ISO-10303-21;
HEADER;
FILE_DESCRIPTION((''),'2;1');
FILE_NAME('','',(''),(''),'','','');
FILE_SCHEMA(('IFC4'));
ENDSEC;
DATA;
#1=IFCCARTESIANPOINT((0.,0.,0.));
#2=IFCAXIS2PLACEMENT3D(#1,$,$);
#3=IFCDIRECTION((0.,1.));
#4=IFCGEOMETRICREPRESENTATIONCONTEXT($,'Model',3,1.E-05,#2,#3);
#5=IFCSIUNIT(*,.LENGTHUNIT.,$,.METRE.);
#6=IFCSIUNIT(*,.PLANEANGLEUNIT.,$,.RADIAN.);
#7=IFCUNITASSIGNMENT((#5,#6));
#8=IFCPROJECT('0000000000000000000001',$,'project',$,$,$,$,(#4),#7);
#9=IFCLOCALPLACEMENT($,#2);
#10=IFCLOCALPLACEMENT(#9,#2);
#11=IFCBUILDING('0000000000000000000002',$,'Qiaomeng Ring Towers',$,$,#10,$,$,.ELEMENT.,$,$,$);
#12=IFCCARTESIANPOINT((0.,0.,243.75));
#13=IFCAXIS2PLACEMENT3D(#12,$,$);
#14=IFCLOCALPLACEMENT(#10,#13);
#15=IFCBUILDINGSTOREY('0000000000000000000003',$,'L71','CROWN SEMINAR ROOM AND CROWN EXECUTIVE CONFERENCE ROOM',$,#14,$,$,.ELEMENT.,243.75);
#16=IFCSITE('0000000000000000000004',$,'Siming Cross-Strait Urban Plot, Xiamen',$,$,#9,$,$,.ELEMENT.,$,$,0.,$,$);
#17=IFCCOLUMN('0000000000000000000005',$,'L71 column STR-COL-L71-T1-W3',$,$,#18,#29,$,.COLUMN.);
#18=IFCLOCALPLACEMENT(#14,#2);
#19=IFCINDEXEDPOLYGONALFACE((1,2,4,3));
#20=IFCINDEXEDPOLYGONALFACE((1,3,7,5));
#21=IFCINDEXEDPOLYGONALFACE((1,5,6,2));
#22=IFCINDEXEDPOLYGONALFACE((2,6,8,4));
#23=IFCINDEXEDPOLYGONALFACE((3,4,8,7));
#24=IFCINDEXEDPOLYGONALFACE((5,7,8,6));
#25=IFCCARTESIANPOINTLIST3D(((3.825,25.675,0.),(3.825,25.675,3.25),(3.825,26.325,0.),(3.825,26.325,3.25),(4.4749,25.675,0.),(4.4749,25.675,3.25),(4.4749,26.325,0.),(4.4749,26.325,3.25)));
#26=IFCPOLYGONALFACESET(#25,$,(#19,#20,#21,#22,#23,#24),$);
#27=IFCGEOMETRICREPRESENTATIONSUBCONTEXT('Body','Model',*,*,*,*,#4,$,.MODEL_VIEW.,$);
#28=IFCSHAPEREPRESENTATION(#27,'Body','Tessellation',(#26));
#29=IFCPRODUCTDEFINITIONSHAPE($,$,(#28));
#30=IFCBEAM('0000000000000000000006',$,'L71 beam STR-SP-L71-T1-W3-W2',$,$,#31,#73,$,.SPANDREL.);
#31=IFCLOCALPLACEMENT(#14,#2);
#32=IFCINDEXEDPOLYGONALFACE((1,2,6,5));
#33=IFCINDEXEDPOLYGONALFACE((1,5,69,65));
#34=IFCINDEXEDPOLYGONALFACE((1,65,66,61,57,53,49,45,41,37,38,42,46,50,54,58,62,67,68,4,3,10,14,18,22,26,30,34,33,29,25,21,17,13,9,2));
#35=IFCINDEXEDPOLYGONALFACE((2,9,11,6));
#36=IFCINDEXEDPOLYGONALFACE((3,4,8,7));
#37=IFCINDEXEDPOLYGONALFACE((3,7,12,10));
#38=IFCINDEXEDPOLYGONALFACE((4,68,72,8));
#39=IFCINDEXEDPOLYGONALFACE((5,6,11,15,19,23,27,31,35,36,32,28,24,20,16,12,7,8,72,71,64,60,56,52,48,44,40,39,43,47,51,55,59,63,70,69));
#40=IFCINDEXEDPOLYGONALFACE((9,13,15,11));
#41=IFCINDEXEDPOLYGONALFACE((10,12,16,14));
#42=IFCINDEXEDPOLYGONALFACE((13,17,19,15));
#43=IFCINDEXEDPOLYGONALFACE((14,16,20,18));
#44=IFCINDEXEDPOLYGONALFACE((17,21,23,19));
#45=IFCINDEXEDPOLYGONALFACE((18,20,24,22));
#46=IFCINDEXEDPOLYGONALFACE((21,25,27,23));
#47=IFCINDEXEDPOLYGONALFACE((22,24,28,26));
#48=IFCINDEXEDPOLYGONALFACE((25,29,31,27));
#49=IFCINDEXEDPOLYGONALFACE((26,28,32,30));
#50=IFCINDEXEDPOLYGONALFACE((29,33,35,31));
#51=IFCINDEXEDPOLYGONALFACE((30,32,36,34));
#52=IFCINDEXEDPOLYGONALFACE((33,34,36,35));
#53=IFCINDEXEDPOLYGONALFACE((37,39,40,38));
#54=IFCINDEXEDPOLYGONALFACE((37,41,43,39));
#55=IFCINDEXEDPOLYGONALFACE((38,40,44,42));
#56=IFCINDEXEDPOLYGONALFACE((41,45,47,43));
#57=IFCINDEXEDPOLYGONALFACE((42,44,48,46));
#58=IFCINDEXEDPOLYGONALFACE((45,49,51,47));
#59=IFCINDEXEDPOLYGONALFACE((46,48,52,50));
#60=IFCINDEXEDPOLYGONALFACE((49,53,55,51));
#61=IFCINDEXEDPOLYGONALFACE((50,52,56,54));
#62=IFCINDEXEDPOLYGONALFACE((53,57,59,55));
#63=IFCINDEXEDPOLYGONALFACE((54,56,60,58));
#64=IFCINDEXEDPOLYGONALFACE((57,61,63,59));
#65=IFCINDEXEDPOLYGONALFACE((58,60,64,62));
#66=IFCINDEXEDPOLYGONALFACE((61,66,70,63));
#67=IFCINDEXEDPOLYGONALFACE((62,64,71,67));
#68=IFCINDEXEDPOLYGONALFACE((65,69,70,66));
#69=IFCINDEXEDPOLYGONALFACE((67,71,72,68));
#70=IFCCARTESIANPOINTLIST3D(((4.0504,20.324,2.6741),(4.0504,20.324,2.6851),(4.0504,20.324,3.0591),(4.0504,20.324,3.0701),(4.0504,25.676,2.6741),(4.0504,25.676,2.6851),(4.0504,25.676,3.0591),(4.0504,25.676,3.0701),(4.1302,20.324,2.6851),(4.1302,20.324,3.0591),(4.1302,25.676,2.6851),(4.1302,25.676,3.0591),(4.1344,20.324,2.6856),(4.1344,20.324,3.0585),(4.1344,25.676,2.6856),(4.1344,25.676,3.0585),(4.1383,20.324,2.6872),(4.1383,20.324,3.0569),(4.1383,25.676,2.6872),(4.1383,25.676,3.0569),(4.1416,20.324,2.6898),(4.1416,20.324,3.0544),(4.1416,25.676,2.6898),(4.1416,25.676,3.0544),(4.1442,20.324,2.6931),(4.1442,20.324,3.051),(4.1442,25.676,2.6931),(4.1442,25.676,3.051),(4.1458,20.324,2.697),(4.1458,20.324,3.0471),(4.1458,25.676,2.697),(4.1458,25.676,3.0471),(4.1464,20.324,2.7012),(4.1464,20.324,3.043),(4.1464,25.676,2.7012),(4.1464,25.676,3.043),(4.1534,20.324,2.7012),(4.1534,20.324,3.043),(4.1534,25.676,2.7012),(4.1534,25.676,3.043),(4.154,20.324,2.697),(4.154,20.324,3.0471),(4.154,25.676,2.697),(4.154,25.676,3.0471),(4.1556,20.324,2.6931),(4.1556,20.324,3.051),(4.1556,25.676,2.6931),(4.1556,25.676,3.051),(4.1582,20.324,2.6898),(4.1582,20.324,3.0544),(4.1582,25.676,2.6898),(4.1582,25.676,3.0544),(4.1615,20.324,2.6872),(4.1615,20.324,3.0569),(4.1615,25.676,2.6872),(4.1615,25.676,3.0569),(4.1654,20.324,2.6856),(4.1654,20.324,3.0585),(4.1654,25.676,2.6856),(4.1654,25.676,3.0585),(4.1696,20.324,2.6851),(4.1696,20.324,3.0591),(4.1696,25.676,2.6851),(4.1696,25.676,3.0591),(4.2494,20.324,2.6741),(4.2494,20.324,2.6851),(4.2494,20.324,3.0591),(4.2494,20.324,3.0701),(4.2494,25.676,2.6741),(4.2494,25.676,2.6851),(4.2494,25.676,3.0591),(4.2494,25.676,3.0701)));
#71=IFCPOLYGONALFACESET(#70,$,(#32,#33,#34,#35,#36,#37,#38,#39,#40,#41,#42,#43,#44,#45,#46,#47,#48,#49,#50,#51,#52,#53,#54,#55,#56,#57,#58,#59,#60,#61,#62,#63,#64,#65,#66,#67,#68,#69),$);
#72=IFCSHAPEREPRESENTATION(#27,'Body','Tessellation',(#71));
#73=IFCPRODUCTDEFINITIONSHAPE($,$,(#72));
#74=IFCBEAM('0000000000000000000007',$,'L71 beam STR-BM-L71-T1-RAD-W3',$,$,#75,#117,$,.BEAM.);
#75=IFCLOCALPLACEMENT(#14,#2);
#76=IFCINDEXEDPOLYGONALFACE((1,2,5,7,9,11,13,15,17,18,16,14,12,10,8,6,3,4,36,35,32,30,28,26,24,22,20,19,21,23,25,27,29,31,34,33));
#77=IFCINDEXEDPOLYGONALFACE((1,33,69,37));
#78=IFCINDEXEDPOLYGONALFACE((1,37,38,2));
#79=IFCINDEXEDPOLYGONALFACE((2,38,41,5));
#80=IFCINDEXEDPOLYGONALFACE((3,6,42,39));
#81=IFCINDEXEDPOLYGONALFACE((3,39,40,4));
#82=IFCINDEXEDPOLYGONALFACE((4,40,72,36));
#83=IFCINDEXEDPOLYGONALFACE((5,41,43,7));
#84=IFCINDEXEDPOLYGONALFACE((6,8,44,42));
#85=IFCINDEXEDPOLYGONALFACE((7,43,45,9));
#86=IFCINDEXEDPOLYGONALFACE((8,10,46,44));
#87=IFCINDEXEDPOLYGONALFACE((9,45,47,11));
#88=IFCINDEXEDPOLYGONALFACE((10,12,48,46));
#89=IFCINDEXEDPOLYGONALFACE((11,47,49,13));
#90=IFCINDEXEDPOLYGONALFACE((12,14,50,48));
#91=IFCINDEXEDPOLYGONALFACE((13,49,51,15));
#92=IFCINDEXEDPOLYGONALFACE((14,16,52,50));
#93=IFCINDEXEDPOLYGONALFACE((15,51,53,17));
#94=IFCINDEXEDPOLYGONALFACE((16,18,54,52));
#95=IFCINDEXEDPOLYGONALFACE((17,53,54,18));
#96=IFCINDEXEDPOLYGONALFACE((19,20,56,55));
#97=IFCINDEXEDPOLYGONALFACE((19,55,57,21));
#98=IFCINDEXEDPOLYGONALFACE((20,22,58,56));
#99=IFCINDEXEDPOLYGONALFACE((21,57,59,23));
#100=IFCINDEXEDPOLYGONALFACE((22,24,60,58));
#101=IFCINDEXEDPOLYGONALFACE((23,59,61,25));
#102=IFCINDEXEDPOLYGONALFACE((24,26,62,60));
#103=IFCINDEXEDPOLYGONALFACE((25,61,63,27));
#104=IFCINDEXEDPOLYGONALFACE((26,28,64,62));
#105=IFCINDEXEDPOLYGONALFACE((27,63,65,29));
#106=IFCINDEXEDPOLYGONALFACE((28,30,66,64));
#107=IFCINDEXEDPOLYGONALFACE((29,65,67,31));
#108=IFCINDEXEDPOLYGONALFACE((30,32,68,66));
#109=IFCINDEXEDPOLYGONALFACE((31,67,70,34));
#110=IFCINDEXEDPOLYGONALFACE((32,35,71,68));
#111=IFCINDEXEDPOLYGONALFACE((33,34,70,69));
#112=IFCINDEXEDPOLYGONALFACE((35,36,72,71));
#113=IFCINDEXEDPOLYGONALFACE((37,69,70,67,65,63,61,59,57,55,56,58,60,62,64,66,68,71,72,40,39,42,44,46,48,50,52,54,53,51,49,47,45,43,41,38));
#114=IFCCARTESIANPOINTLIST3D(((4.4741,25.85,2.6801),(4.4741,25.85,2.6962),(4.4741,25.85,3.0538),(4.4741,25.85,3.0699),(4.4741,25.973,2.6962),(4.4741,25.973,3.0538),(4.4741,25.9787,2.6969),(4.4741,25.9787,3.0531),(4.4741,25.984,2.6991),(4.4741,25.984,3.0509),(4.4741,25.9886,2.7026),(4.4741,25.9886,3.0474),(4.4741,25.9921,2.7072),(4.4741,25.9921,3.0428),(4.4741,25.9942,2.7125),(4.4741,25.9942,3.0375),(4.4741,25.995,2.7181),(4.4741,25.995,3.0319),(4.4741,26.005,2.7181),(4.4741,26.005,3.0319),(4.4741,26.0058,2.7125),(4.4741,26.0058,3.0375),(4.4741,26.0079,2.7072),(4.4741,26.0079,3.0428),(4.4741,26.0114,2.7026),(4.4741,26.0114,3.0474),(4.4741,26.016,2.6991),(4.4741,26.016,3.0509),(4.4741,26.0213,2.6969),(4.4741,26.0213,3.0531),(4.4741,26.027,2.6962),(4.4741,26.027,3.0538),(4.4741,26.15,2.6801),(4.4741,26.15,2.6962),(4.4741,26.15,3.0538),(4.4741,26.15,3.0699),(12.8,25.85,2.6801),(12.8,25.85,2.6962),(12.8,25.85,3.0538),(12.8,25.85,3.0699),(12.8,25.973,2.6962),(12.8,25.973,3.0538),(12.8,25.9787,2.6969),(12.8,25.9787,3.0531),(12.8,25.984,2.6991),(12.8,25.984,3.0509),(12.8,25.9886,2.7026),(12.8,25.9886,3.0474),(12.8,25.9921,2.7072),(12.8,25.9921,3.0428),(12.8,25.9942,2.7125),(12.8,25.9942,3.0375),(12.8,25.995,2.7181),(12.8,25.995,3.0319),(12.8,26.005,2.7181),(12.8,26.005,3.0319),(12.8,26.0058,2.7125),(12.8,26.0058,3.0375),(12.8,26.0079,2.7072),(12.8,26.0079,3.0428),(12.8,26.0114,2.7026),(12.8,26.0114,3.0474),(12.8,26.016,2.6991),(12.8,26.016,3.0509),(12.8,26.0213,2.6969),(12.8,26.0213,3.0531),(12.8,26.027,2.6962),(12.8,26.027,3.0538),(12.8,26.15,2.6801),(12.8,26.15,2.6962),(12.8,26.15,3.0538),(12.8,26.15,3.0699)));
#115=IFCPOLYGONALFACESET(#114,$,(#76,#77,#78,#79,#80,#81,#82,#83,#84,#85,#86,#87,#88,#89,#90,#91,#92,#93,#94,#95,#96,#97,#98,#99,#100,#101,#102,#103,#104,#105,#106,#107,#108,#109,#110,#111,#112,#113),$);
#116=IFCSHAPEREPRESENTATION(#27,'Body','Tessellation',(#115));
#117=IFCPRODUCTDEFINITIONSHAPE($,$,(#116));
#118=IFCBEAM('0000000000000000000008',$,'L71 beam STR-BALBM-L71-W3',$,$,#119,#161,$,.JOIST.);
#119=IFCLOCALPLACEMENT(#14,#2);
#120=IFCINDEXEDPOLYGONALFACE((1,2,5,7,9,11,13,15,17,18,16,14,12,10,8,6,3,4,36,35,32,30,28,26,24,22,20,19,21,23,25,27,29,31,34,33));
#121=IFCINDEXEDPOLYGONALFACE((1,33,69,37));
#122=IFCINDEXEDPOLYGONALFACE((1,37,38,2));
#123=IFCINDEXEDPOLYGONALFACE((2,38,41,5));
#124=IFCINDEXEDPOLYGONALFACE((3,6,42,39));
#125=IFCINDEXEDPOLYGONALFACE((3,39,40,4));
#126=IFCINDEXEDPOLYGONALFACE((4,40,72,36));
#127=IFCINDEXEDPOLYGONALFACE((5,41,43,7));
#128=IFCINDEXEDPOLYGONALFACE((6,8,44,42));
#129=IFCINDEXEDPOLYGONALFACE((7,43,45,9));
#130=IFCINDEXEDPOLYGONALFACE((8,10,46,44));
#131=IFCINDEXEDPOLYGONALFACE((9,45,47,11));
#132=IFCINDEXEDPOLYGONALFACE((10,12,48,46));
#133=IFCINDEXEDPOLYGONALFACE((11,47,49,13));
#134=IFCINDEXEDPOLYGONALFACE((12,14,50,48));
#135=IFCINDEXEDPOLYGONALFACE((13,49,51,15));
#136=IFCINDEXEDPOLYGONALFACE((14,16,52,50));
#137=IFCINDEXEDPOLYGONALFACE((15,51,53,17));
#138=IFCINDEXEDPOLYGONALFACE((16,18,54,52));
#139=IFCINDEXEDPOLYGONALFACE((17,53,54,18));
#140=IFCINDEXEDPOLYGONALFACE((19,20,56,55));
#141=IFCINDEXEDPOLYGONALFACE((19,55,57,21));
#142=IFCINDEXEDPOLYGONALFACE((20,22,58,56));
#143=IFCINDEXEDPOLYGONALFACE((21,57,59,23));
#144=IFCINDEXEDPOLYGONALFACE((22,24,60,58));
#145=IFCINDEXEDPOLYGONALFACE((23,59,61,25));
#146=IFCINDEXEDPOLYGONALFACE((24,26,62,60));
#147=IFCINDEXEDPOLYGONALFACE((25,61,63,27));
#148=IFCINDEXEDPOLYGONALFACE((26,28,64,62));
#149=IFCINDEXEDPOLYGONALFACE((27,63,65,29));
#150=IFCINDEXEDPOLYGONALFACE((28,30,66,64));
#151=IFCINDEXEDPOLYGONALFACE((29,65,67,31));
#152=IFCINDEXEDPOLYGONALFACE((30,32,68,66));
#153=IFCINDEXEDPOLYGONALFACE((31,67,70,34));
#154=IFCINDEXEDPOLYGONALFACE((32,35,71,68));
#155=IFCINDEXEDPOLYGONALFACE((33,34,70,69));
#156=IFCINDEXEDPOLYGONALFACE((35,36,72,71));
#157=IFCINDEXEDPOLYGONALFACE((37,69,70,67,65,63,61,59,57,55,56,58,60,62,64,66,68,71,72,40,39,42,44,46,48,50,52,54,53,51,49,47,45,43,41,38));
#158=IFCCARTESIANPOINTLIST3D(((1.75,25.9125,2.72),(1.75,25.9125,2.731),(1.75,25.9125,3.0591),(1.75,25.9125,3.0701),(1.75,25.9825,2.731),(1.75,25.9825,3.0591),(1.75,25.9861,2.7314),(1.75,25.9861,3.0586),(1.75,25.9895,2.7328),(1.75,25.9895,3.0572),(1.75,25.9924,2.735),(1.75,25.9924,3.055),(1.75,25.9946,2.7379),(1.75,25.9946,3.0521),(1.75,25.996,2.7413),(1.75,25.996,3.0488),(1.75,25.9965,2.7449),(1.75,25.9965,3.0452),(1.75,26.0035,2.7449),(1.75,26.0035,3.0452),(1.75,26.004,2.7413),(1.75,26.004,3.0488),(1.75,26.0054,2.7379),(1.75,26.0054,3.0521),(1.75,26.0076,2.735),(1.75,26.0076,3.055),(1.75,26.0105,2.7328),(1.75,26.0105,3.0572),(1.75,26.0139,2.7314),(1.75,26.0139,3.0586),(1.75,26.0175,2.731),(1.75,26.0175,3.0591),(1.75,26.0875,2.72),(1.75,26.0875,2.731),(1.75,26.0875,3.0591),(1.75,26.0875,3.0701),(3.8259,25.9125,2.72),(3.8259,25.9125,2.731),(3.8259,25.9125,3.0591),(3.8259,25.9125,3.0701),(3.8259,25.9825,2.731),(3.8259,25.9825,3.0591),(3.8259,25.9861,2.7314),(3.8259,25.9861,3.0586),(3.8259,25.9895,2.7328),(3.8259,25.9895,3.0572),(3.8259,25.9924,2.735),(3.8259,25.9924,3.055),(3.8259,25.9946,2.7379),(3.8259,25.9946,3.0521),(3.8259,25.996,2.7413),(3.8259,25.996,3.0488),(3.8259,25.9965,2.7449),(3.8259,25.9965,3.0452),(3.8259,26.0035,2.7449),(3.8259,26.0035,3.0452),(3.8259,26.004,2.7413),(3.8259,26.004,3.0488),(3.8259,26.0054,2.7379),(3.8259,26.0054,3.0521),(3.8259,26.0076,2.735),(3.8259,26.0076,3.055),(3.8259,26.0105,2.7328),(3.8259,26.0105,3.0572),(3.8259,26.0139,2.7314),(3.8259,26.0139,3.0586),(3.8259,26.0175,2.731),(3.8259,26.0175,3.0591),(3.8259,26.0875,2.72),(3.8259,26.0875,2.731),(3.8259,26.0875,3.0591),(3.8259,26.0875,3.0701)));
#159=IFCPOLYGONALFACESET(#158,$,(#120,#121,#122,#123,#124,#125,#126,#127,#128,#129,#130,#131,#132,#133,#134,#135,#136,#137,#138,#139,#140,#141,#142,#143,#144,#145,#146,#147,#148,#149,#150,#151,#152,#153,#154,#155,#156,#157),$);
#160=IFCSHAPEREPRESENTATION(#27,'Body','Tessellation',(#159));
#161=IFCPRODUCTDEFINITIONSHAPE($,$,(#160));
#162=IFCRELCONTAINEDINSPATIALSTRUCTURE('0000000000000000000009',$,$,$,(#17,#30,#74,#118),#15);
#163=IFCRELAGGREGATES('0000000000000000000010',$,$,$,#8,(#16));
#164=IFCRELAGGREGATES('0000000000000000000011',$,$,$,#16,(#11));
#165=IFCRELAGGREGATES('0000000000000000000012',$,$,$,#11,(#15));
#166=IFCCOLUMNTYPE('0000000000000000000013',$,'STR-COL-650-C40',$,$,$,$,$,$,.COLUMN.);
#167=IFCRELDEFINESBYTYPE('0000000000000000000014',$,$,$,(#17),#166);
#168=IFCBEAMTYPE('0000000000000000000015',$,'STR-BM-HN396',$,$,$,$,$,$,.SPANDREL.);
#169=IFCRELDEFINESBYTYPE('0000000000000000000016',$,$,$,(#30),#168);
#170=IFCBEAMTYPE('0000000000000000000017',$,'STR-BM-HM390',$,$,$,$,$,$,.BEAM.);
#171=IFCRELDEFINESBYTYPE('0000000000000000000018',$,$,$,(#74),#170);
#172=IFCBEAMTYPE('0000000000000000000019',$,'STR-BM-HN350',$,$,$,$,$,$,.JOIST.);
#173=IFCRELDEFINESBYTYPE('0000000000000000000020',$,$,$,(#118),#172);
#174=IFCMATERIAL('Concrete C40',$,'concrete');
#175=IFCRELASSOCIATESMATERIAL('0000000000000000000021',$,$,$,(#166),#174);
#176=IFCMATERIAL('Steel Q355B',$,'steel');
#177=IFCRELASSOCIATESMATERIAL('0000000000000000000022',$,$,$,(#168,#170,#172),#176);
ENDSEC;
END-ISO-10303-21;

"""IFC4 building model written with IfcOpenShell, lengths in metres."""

from ifc_helpers import new_model, si_unit, direction, frame, origin, origin_2d, place, context, subcontext, project, spatial, rectangle, i_section, extrude, source, transform, mapped, material, material_profile, profile_set, type_object, element, save


model = new_model("IFC4")

# Units and contexts
model_context = context("Model", 3, precision=1e-05, world=origin(), true_north=direction((0.0, 1.0)))
body_context = subcontext(model_context, "Body", "Model", "MODEL_VIEW")
ifc_project = project(units=[si_unit("LENGTHUNIT", "METRE"), si_unit("PLANEANGLEUNIT", "RADIAN")], contexts=[model_context])

# Site, building, storey
site_placement = place(None, origin())
site = spatial("IfcSite", under=ifc_project, at=site_placement, Name="Siming Cross-Strait Urban Plot, Xiamen", CompositionType="ELEMENT", RefElevation=0.0)
building_placement = place(site_placement, origin())
building = spatial("IfcBuilding", under=site, at=building_placement, Name="Qiaomeng Ring Towers", CompositionType="ELEMENT")
storey_placement = place(building_placement, frame((0.0, 0.0, 243.75)))
storey = spatial("IfcBuildingStorey", under=building, at=storey_placement, Name="L71", Description="CROWN SEMINAR ROOM AND CROWN EXECUTIVE CONFERENCE ROOM", CompositionType="ELEMENT", Elevation=243.75)

# Column
ifc_material_1 = material(Name="Concrete C40", Category="concrete")
ifc_material_profile_1 = material_profile(ifc_material_1, rectangle(XDim=0.6499, YDim=0.6499, at=origin_2d()), Name="RC COL 650x650")
ifc_profile_set_1 = profile_set([ifc_material_profile_1], Name="Concrete C40")
column_type = type_object("IfcColumnType", Name="STR-COL-650-C40", PredefinedType="COLUMN", material=ifc_profile_set_1)
shared_shape_1 = source(origin(), body_context, "Body", "SweptSolid", [
    extrude(rectangle(XDim=0.6499, YDim=0.6499, at=origin_2d()), origin(), (0.0, 0.0, 1.0), 3.25),
])
column_placement = place(storey_placement, frame((4.1499, 26.0, 0.0), z_axis=(0.0, 0.0, 1.0), x_axis=(1.0, 0.0, 0.0)))
element("IfcColumn", 1, at=column_placement, inside=storey, type_object=column_type, Name="L71 column STR-COL-L71-T1-W3", PredefinedType="COLUMN", context=body_context, shape_type="MappedRepresentation", body=[
    mapped(shared_shape_1, transform((0.0, 0.0, 0.0), x_axis=(1.0, 0.0, 0.0), y_axis=(0.0, 1.0, 0.0), z_axis=(0.0, 0.0, 1.0), scale=1.0)),
])

# Beams
ifc_material_2 = material(Name="Steel Q355B", Category="steel")
ifc_material_profile_2 = material_profile(ifc_material_2, i_section(OverallWidth=0.199, OverallDepth=0.396, WebThickness=0.0071, FlangeThickness=0.011, FilletRadius=0.0161, at=origin_2d()), Name="HN 396x199x7x11")
ifc_profile_set_2 = profile_set([ifc_material_profile_2], Name="Steel Q355B")
beam_type_1 = type_object("IfcBeamType", Name="STR-BM-HN396", PredefinedType="SPANDREL", material=ifc_profile_set_2)
shared_shape_2 = source(origin(), body_context, "Body", "SweptSolid", [
    extrude(i_section(OverallWidth=0.199, OverallDepth=0.396, WebThickness=0.0071, FlangeThickness=0.011, FilletRadius=0.0161, at=origin_2d()), origin(), (0.0, 0.0, 1.0), 5.3521),
])
beam_1_placement = place(storey_placement, frame((4.1499, 25.676, 2.8721), z_axis=(0.0, -1.0, 0.0), x_axis=(1.0, 0.0, 0.0)))
element("IfcBeam", 2, at=beam_1_placement, inside=storey, type_object=beam_type_1, Name="L71 beam STR-SP-L71-T1-W3-W2", PredefinedType="SPANDREL", context=body_context, shape_type="MappedRepresentation", body=[
    mapped(shared_shape_2, transform((0.0, 0.0, 0.0), x_axis=(1.0, 0.0, 0.0), y_axis=(0.0, 1.0, 0.0), z_axis=(0.0, 0.0, 1.0), scale=1.0)),
])
ifc_material_profile_3 = material_profile(ifc_material_2, i_section(OverallWidth=0.3, OverallDepth=0.3899, WebThickness=0.01, FlangeThickness=0.0161, FilletRadius=0.022, at=origin_2d()), Name="HM 390x300x10x16")
ifc_profile_set_3 = profile_set([ifc_material_profile_3], Name="Steel Q355B")
beam_type_2 = type_object("IfcBeamType", Name="STR-BM-HM390", PredefinedType="BEAM", material=ifc_profile_set_3)
shared_shape_3 = source(origin(), body_context, "Body", "SweptSolid", [
    extrude(i_section(OverallWidth=0.3, OverallDepth=0.3899, WebThickness=0.01, FlangeThickness=0.0161, FilletRadius=0.022, at=origin_2d()), origin(), (0.0, 0.0, 1.0), 8.3259),
])
beam_2_placement = place(storey_placement, frame((4.4741, 26.0, 2.875), z_axis=(1.0, 0.0, 0.0), x_axis=(0.0, 1.0, 0.0)))
element("IfcBeam", 3, at=beam_2_placement, inside=storey, type_object=beam_type_2, Name="L71 beam STR-BM-L71-T1-RAD-W3", PredefinedType="BEAM", context=body_context, shape_type="MappedRepresentation", body=[
    mapped(shared_shape_3, transform((0.0, 0.0, 0.0), x_axis=(1.0, 0.0, 0.0), y_axis=(0.0, 1.0, 0.0), z_axis=(0.0, 0.0, 1.0), scale=1.0)),
])
ifc_material_profile_4 = material_profile(ifc_material_2, i_section(OverallWidth=0.175, OverallDepth=0.3501, WebThickness=0.0071, FlangeThickness=0.011, FilletRadius=0.0139, at=origin_2d()), Name="HN 350x175x7x11")
ifc_profile_set_4 = profile_set([ifc_material_profile_4], Name="Steel Q355B")
beam_type_3 = type_object("IfcBeamType", Name="STR-BM-HN350", PredefinedType="JOIST", material=ifc_profile_set_4)
shared_shape_4 = source(origin(), body_context, "Body", "SweptSolid", [
    extrude(i_section(OverallWidth=0.175, OverallDepth=0.3501, WebThickness=0.0071, FlangeThickness=0.011, FilletRadius=0.0139, at=origin_2d()), origin(), (0.0, 0.0, 1.0), 2.0759),
])
beam_3_placement = place(storey_placement, frame((1.75, 26.0, 2.895), z_axis=(1.0, 0.0, 0.0), x_axis=(0.0, 1.0, 0.0)))
element("IfcBeam", 4, at=beam_3_placement, inside=storey, type_object=beam_type_3, Name="L71 beam STR-BALBM-L71-W3", PredefinedType="JOIST", context=body_context, shape_type="MappedRepresentation", body=[
    mapped(shared_shape_4, transform((0.0, 0.0, 0.0), x_axis=(1.0, 0.0, 0.0), y_axis=(0.0, 1.0, 0.0), z_axis=(0.0, 0.0, 1.0), scale=1.0)),
])

save(model, "model.ifc")
